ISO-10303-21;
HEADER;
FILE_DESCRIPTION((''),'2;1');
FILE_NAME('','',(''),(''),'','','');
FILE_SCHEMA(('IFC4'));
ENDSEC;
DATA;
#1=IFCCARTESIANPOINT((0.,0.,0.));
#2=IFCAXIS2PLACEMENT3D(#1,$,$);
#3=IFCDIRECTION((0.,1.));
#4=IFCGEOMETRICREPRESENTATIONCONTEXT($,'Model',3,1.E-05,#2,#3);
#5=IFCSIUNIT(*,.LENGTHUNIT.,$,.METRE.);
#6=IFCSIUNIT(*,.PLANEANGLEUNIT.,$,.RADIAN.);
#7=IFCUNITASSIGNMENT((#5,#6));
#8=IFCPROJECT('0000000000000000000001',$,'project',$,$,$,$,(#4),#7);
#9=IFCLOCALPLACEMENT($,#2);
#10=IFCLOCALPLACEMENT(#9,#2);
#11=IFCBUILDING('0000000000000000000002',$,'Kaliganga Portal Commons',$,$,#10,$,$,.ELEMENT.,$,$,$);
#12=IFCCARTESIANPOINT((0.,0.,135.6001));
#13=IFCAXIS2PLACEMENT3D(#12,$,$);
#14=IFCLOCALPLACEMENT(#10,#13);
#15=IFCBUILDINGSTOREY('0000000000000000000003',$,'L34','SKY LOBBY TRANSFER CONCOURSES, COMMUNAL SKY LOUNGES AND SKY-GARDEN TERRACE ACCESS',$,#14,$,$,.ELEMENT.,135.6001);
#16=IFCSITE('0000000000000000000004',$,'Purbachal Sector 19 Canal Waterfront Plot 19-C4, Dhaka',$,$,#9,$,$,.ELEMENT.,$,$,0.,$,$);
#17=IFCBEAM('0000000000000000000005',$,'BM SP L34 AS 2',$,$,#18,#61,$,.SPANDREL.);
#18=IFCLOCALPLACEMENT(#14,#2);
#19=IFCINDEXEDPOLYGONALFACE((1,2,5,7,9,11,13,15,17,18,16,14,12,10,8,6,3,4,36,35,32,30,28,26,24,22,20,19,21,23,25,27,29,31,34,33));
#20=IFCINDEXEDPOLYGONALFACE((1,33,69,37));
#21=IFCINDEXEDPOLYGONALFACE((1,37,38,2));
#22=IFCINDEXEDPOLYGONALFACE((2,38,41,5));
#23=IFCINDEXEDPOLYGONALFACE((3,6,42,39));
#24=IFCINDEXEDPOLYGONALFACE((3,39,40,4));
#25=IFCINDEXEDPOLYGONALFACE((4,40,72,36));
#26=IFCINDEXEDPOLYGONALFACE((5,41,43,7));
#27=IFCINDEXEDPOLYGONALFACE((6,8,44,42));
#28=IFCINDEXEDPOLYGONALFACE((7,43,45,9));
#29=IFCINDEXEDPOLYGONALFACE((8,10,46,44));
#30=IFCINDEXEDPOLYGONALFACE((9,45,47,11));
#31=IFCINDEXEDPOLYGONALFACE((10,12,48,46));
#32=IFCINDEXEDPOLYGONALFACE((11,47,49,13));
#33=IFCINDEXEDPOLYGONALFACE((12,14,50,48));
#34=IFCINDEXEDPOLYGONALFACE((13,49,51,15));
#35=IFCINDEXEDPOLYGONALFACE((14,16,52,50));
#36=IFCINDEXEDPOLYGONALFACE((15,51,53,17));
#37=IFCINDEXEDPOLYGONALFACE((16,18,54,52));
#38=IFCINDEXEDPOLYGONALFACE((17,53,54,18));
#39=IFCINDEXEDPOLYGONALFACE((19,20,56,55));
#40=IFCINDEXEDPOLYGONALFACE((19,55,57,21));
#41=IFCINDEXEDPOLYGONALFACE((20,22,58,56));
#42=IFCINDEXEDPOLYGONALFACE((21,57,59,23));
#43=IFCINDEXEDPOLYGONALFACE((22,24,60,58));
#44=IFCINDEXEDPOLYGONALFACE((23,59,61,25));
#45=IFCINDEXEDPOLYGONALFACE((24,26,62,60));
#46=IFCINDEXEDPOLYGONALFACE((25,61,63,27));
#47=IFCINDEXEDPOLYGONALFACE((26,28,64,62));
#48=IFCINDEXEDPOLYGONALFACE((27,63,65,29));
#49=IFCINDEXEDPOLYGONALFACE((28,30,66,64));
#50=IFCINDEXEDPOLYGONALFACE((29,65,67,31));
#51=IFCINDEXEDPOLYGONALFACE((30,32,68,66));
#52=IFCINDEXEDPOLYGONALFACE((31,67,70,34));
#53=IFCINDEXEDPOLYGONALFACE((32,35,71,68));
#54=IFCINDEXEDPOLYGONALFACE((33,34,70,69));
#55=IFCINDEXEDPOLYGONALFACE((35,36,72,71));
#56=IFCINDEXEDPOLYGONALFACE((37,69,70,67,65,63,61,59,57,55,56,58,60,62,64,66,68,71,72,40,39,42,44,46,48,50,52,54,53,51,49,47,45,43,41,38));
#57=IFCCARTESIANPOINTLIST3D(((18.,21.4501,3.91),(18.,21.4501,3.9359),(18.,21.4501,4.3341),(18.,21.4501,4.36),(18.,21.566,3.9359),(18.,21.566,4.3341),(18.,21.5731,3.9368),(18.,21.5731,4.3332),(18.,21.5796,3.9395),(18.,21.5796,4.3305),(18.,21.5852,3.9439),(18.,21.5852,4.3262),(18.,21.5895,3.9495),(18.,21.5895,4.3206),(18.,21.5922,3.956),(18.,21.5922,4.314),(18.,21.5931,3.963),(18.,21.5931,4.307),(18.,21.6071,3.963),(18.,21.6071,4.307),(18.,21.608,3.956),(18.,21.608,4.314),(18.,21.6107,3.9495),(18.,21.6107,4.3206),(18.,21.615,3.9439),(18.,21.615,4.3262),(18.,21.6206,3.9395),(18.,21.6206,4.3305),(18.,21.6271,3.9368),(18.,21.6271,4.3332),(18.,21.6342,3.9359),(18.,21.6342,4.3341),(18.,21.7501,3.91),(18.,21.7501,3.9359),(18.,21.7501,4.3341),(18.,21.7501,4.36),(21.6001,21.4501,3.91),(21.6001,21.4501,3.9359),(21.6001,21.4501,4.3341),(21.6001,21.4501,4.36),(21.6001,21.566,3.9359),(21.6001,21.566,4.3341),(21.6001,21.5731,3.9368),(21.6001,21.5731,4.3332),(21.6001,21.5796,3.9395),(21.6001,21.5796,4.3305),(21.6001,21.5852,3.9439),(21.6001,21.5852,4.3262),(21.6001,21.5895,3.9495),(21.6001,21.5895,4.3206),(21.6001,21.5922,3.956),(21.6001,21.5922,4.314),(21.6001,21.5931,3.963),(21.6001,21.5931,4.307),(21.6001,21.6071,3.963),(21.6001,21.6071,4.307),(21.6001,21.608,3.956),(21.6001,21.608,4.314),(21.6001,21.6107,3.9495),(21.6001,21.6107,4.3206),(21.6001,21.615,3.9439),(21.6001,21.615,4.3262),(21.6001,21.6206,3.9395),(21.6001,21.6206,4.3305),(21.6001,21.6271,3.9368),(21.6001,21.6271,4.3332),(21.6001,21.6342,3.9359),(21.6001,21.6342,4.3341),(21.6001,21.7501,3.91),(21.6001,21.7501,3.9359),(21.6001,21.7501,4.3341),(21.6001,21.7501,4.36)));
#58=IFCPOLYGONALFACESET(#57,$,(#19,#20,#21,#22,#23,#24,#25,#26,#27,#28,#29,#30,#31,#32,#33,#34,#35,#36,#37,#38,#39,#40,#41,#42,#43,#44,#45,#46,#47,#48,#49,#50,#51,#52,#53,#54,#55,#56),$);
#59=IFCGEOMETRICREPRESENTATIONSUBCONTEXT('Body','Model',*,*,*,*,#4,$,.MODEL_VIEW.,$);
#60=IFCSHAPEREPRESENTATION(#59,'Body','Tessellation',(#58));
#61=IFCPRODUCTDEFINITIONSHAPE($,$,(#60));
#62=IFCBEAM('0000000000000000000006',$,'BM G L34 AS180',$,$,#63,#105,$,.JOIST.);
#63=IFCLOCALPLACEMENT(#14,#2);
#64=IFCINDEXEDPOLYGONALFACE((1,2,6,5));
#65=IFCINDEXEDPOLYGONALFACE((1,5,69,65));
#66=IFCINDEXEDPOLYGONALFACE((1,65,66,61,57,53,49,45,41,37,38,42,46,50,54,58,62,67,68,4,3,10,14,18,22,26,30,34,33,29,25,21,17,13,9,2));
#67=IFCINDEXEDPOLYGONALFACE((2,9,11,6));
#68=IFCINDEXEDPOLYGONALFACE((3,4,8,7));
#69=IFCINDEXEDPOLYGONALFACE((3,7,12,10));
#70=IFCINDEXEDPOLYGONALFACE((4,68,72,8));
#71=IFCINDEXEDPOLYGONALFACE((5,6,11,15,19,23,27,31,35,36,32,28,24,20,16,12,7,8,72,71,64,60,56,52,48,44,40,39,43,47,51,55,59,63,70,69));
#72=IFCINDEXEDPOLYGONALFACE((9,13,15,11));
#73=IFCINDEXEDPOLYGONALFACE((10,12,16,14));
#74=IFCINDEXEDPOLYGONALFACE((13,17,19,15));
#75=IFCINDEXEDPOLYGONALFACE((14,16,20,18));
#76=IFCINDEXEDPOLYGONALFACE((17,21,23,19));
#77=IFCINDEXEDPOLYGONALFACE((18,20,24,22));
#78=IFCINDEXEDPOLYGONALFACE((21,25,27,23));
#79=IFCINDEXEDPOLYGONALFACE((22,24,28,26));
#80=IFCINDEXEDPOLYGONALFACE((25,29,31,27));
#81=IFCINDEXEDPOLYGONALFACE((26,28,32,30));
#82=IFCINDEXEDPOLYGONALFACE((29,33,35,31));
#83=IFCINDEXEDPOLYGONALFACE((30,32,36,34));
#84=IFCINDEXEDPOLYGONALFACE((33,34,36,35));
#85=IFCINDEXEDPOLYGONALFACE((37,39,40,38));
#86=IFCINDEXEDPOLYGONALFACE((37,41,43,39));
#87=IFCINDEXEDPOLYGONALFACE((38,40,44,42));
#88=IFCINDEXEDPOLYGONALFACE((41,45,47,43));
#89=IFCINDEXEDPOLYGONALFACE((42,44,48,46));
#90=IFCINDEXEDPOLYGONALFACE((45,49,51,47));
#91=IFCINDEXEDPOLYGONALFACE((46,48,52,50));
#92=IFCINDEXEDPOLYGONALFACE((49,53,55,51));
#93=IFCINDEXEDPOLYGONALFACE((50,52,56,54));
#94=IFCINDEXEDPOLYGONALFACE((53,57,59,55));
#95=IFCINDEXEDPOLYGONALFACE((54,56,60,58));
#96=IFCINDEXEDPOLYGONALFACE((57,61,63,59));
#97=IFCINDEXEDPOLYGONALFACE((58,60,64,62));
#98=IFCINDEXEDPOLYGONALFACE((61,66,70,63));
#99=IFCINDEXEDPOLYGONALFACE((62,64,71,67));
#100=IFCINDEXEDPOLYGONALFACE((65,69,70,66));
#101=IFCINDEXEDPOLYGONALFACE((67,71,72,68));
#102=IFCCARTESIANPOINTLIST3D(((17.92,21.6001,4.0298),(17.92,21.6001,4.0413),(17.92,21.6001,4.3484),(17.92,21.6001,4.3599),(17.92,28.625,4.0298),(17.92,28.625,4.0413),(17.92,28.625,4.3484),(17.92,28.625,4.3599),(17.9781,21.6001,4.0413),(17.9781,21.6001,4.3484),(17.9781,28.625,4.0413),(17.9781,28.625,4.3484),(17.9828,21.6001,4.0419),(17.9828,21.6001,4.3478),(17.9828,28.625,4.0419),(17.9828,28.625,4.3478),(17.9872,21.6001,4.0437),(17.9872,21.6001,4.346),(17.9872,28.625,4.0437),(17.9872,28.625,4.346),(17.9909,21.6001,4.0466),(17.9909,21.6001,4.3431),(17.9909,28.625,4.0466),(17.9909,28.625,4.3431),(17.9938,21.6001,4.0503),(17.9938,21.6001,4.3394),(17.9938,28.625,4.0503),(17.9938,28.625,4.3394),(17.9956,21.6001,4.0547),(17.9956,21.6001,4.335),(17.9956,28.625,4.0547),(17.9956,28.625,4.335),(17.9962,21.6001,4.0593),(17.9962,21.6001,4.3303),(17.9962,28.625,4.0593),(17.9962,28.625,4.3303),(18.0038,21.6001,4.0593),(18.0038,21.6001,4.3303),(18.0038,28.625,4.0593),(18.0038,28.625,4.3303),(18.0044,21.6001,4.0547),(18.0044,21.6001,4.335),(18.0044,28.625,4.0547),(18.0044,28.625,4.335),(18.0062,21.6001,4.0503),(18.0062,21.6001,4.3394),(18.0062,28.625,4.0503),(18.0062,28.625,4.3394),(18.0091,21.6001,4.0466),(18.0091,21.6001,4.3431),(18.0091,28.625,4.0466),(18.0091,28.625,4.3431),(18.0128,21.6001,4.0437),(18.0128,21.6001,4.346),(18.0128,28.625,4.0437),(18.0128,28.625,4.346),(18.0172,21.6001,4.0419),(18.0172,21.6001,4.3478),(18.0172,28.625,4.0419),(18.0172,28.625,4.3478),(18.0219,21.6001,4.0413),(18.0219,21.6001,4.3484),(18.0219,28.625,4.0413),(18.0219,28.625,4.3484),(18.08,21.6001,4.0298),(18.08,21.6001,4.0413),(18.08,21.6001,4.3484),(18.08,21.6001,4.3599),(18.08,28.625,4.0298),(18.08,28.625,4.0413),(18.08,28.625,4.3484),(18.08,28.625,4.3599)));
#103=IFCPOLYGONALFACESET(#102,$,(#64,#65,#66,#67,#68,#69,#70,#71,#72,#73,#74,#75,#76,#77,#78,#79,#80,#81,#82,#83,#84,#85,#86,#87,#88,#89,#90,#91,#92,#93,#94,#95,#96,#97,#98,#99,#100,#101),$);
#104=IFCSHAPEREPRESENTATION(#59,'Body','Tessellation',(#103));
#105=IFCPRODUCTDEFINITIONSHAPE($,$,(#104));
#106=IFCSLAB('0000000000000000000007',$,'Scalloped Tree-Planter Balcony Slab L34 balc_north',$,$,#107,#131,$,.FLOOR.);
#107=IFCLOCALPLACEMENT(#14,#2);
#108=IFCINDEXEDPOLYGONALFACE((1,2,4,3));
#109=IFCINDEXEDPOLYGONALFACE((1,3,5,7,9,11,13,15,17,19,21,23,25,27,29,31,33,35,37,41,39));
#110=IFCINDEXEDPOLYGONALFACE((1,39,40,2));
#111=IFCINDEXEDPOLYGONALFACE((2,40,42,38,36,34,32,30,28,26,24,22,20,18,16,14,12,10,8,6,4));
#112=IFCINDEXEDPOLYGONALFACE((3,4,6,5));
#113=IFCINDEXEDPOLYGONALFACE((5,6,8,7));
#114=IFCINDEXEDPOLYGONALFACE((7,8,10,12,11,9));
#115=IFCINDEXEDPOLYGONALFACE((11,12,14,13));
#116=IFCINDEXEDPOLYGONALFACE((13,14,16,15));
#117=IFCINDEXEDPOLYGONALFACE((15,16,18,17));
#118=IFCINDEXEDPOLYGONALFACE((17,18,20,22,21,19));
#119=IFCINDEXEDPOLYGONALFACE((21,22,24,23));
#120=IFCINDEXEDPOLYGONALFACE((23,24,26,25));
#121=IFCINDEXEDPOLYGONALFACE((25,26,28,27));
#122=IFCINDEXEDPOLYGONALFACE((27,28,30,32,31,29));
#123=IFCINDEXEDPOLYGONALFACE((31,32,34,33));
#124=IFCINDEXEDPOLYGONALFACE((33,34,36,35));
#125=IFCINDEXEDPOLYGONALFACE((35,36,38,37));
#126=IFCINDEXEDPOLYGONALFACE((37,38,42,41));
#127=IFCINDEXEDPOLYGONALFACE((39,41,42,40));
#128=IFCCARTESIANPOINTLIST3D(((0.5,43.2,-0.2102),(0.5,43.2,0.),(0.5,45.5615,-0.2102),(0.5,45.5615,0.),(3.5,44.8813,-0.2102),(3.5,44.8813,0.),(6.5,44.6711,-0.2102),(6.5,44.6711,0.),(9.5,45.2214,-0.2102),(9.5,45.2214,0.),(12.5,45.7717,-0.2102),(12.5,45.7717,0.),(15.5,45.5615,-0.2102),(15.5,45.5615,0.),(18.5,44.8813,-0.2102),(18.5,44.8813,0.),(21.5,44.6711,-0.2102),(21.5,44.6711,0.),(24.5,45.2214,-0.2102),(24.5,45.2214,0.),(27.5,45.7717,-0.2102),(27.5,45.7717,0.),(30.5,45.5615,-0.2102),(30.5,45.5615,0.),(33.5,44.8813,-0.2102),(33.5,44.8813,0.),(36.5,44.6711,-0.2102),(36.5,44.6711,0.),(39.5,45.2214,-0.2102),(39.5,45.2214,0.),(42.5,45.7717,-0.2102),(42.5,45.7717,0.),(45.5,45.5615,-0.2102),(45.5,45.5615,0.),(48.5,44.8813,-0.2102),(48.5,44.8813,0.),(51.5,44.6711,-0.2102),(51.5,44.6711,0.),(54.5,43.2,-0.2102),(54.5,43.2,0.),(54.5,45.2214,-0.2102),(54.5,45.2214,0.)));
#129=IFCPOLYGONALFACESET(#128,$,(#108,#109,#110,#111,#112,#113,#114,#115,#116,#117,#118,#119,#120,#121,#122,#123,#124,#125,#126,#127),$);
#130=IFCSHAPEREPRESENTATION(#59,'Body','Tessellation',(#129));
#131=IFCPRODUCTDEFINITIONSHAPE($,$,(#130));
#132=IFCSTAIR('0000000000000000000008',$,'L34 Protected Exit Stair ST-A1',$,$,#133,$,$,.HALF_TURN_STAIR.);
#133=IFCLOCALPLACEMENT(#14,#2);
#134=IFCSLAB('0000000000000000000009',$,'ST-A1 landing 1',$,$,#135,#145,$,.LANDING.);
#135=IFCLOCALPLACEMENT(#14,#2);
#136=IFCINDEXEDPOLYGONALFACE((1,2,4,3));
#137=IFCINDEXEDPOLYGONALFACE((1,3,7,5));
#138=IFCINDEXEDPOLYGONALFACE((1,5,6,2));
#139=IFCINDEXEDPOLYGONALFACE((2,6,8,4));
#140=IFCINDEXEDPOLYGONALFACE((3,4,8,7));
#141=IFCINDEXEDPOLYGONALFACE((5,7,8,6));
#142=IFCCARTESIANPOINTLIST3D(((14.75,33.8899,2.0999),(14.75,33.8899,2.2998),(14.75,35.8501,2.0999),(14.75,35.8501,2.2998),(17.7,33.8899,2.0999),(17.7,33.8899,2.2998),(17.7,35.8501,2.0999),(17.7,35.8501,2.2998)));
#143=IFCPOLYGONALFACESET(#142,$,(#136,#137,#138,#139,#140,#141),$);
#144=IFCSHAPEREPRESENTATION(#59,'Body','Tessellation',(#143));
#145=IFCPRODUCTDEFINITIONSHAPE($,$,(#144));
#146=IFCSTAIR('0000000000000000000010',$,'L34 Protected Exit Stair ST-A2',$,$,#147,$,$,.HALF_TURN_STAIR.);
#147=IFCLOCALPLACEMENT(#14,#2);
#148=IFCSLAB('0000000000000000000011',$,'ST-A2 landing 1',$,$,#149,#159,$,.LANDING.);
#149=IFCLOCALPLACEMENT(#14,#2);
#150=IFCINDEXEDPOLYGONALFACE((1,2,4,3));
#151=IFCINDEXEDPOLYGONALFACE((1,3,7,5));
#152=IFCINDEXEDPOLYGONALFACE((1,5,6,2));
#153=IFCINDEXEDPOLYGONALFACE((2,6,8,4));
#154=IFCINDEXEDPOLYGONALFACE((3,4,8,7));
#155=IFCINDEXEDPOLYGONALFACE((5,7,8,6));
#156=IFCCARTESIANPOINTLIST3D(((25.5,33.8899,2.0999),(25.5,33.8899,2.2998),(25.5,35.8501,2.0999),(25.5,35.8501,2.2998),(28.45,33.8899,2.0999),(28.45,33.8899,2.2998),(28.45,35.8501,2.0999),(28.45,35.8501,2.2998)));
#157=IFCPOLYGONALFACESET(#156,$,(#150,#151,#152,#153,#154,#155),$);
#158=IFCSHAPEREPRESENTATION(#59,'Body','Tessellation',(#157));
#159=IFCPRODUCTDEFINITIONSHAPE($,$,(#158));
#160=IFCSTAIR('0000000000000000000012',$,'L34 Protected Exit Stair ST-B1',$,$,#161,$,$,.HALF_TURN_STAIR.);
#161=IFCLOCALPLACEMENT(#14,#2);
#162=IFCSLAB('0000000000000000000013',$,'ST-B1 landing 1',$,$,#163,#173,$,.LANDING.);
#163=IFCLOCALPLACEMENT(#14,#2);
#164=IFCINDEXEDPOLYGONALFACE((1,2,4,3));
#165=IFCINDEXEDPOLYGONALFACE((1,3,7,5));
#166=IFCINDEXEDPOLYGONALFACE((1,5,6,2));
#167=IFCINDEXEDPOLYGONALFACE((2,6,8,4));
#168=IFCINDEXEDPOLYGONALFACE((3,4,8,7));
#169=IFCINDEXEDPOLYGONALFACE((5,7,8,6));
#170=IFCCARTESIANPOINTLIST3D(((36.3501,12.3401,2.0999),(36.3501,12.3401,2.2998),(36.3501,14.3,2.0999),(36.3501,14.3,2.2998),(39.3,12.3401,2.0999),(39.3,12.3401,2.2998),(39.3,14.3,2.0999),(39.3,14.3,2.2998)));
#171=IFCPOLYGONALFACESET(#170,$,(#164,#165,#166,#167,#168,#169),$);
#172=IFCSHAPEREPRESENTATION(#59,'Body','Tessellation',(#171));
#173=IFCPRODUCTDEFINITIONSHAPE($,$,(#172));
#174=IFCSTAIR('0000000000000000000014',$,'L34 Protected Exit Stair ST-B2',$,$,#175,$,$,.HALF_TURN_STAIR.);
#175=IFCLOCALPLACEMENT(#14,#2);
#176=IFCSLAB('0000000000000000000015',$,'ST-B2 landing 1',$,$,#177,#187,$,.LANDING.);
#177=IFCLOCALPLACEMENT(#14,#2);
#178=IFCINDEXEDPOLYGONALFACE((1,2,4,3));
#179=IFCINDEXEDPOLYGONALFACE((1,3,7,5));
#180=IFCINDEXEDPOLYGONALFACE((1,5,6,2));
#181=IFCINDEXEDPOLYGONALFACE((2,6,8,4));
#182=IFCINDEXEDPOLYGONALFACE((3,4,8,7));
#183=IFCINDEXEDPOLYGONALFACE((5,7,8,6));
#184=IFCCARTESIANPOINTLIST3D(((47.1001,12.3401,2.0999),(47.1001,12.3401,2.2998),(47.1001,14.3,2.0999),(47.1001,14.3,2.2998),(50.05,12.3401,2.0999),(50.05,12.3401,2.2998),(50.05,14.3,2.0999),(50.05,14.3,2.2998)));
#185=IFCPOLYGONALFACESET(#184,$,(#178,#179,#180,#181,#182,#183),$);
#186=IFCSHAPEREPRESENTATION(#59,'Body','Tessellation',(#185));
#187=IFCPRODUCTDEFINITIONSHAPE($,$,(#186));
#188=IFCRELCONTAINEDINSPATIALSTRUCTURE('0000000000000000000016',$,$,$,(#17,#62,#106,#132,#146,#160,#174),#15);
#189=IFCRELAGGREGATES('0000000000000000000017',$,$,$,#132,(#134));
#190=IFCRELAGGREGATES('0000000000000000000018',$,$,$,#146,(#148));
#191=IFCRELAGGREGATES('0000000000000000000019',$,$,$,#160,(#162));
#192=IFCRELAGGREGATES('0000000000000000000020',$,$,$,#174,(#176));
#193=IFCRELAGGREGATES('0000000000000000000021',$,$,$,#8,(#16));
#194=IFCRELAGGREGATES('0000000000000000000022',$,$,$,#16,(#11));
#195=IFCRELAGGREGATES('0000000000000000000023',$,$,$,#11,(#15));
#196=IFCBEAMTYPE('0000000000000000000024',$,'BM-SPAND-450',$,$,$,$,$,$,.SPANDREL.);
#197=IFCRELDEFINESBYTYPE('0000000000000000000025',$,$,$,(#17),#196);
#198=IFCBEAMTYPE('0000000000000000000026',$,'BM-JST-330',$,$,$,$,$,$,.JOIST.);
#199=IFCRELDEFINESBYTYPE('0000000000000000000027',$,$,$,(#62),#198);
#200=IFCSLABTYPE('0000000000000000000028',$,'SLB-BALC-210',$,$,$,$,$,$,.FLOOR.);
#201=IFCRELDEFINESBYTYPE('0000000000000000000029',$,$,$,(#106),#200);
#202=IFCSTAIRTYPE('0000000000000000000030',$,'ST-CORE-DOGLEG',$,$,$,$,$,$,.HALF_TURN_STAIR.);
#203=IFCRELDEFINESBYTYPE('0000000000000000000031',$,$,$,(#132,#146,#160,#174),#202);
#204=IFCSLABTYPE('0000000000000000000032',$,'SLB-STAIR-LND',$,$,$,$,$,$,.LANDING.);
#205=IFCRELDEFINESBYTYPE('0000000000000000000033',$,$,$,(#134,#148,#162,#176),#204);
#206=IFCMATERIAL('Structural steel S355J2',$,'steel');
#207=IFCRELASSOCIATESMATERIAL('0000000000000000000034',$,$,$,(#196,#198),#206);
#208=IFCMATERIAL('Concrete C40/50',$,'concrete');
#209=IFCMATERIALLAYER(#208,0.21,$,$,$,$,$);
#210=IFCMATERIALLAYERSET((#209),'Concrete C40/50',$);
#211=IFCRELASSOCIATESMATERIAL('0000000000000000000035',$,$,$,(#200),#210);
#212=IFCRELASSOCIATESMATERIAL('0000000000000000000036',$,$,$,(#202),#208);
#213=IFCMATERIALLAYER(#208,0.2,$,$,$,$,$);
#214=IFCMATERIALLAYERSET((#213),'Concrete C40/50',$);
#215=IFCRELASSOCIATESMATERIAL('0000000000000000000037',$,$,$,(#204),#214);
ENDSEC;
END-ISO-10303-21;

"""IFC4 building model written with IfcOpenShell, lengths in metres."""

from ifc_helpers import new_model, si_unit, direction, frame, origin, origin_2d, place, context, subcontext, project, spatial, polyline, i_section, outline, extrude, source, transform, mapped, material, layer, layer_set, material_profile, profile_set, type_object, element, aggregate, save


model = new_model("IFC4")

# Units and contexts
model_context = context("Model", 3, precision=1e-05, world=origin(), true_north=direction((0.0, 1.0)))
body_context = subcontext(model_context, "Body", "Model", "MODEL_VIEW")
ifc_project = project(units=[si_unit("LENGTHUNIT", "METRE"), si_unit("PLANEANGLEUNIT", "RADIAN")], contexts=[model_context])

# Site, building, storey
site_placement = place(None, origin())
site = spatial("IfcSite", under=ifc_project, at=site_placement, Name="Purbachal Sector 19 Canal Waterfront Plot 19-C4, Dhaka", CompositionType="ELEMENT", RefElevation=0.0)
building_placement = place(site_placement, origin())
building = spatial("IfcBuilding", under=site, at=building_placement, Name="Kaliganga Portal Commons", CompositionType="ELEMENT")
storey_placement = place(building_placement, frame((0.0, 0.0, 135.6001)))
storey = spatial("IfcBuildingStorey", under=building, at=storey_placement, Name="L34", Description="SKY LOBBY TRANSFER CONCOURSES, COMMUNAL SKY LOUNGES AND SKY-GARDEN TERRACE ACCESS", CompositionType="ELEMENT", Elevation=135.6001)

# Beams
ifc_material_1 = material(Name="Structural steel S355J2", Category="steel")
ifc_material_profile_1 = material_profile(ifc_material_1, i_section(OverallWidth=0.3, OverallDepth=0.45, WebThickness=0.0139, FlangeThickness=0.0259, FilletRadius=0.0271, at=origin_2d()), Name="HE 450 B")
ifc_profile_set_1 = profile_set([ifc_material_profile_1], Name="Structural steel S355J2 wide-flange")
beam_type_1 = type_object("IfcBeamType", Name="BM-SPAND-450", PredefinedType="SPANDREL", material=ifc_profile_set_1)
shared_shape_1 = source(origin(), body_context, "Body", "SweptSolid", [
    extrude(i_section(OverallWidth=0.3, OverallDepth=0.45, WebThickness=0.0139, FlangeThickness=0.0259, FilletRadius=0.0271, at=origin_2d()), origin(), (0.0, 0.0, 1.0), 3.6001),
])
for number, where, z_axis, x_axis, name in (
    (1, (18.0, 21.6001, 4.135), (1.0, 0.0, 0.0), (0.0, 1.0, 0.0), "BM SP L34 AS 2"),
):
    element("IfcBeam", number, at=place(storey_placement, frame(where, z_axis=z_axis, x_axis=x_axis)), inside=storey, type_object=beam_type_1, Name=name, PredefinedType="SPANDREL", context=body_context, shape_type="MappedRepresentation", body=[
        mapped(shared_shape_1, transform((0.0, 0.0, 0.0), x_axis=(1.0, 0.0, 0.0), y_axis=(0.0, 1.0, 0.0), z_axis=(0.0, 0.0, 1.0), scale=1.0)),
    ])
ifc_material_profile_2 = material_profile(ifc_material_1, i_section(OverallWidth=0.1599, OverallDepth=0.3301, WebThickness=0.0076, FlangeThickness=0.0115, FilletRadius=0.0181, at=origin_2d()), Name="IPE 330")
ifc_profile_set_2 = profile_set([ifc_material_profile_2], Name="Structural steel S355J2 wide-flange")
beam_type_2 = type_object("IfcBeamType", Name="BM-JST-330", PredefinedType="JOIST", material=ifc_profile_set_2)
shared_shape_2 = source(origin(), body_context, "Body", "SweptSolid", [
    extrude(i_section(OverallWidth=0.1599, OverallDepth=0.3301, WebThickness=0.0076, FlangeThickness=0.0115, FilletRadius=0.0181, at=origin_2d()), origin(), (0.0, 0.0, 1.0), 7.0249),
])
beam_1_placement = place(storey_placement, frame((18.0, 21.6001, 4.1948), z_axis=(0.0, 1.0, 0.0), x_axis=(-1.0, 0.0, 0.0)))
element("IfcBeam", 2, at=beam_1_placement, inside=storey, type_object=beam_type_2, Name="BM G L34 AS180", PredefinedType="JOIST", context=body_context, shape_type="MappedRepresentation", body=[
    mapped(shared_shape_2, transform((0.0, 0.0, 0.0), x_axis=(1.0, 0.0, 0.0), y_axis=(0.0, 1.0, 0.0), z_axis=(0.0, 0.0, 1.0), scale=1.0)),
])

# Slab
ifc_material_2 = material(Name="Concrete C40/50", Category="concrete")
ifc_layer_1 = layer(ifc_material_2, 0.21)
ifc_layer_set_1 = layer_set([ifc_layer_1], Name="Concrete C40/50")
slab_type_1 = type_object("IfcSlabType", Name="SLB-BALC-210", PredefinedType="FLOOR", material=ifc_layer_set_1)
slab_1_placement = place(storey_placement, frame((0.0, 0.0, -0.2102)))
element("IfcSlab", 3, at=slab_1_placement, inside=storey, type_object=slab_type_1, Name="Scalloped Tree-Planter Balcony Slab L34 balc_north", PredefinedType="FLOOR", context=body_context, shape_type="SweptSolid", body=[
    extrude(outline(polyline([(54.5, 43.2), (54.5, 45.2214), (51.5, 44.6711), (48.5, 44.8813), (45.5, 45.5615), (42.5, 45.7717), (39.5, 45.2214), (36.5, 44.6711), (33.5, 44.8813), (30.5, 45.5615), (27.5, 45.7717), (24.5, 45.2214), (21.5, 44.6711), (18.5, 44.8813), (15.5, 45.5615), (12.5, 45.7717), (9.5, 45.2214), (6.5, 44.6711), (3.5, 44.8813), (0.5, 45.5615), (0.5, 43.2), (54.5, 43.2)])), origin(), (0.0, 0.0, 1.0), 0.2102),
])

# Stairs, slabs
stair_type = type_object("IfcStairType", Name="ST-CORE-DOGLEG", PredefinedType="HALF_TURN_STAIR", material=ifc_material_2)
stair_1_placement = place(storey_placement, origin())
stair_1 = element("IfcStair", 4, at=stair_1_placement, inside=storey, type_object=stair_type, Name="L34 Protected Exit Stair ST-A1", PredefinedType="HALF_TURN_STAIR")
ifc_layer_2 = layer(ifc_material_2, 0.2)
ifc_layer_set_2 = layer_set([ifc_layer_2], Name="Concrete C40/50")
slab_type_2 = type_object("IfcSlabType", Name="SLB-STAIR-LND", PredefinedType="LANDING", material=ifc_layer_set_2)
slab_2_placement = place(storey_placement, frame((0.0, 0.0, 2.0999)))
slab_2 = element("IfcSlab", 5, at=slab_2_placement, type_object=slab_type_2, Name="ST-A1 landing 1", PredefinedType="LANDING", context=body_context, shape_type="SweptSolid", body=[
    extrude(outline(polyline([(17.7, 33.8899), (17.7, 35.8501), (14.75, 35.8501), (14.75, 33.8899), (17.7, 33.8899)])), origin(), (0.0, 0.0, 1.0), 0.2),
])
aggregate(stair_1, [slab_2])
stair_2_placement = place(storey_placement, origin())
stair_2 = element("IfcStair", 6, at=stair_2_placement, inside=storey, type_object=stair_type, Name="L34 Protected Exit Stair ST-A2", PredefinedType="HALF_TURN_STAIR")
slab_3_placement = place(storey_placement, frame((0.0, 0.0, 2.0999)))
slab_3 = element("IfcSlab", 7, at=slab_3_placement, type_object=slab_type_2, Name="ST-A2 landing 1", PredefinedType="LANDING", context=body_context, shape_type="SweptSolid", body=[
    extrude(outline(polyline([(28.45, 33.8899), (28.45, 35.8501), (25.5, 35.8501), (25.5, 33.8899), (28.45, 33.8899)])), origin(), (0.0, 0.0, 1.0), 0.2),
])
aggregate(stair_2, [slab_3])
stair_3_placement = place(storey_placement, origin())
stair_3 = element("IfcStair", 8, at=stair_3_placement, inside=storey, type_object=stair_type, Name="L34 Protected Exit Stair ST-B1", PredefinedType="HALF_TURN_STAIR")
slab_4_placement = place(storey_placement, frame((0.0, 0.0, 2.0999)))
slab_4 = element("IfcSlab", 9, at=slab_4_placement, type_object=slab_type_2, Name="ST-B1 landing 1", PredefinedType="LANDING", context=body_context, shape_type="SweptSolid", body=[
    extrude(outline(polyline([(39.3, 12.3401), (39.3, 14.3), (36.3501, 14.3), (36.3501, 12.3401), (39.3, 12.3401)])), origin(), (0.0, 0.0, 1.0), 0.2),
])
aggregate(stair_3, [slab_4])
stair_4_placement = place(storey_placement, origin())
stair_4 = element("IfcStair", 10, at=stair_4_placement, inside=storey, type_object=stair_type, Name="L34 Protected Exit Stair ST-B2", PredefinedType="HALF_TURN_STAIR")
slab_5_placement = place(storey_placement, frame((0.0, 0.0, 2.0999)))
slab_5 = element("IfcSlab", 11, at=slab_5_placement, type_object=slab_type_2, Name="ST-B2 landing 1", PredefinedType="LANDING", context=body_context, shape_type="SweptSolid", body=[
    extrude(outline(polyline([(50.05, 12.3401), (50.05, 14.3), (47.1001, 14.3), (47.1001, 12.3401), (50.05, 12.3401)])), origin(), (0.0, 0.0, 1.0), 0.2),
])
aggregate(stair_4, [slab_5])

save(model, "model.ifc")
